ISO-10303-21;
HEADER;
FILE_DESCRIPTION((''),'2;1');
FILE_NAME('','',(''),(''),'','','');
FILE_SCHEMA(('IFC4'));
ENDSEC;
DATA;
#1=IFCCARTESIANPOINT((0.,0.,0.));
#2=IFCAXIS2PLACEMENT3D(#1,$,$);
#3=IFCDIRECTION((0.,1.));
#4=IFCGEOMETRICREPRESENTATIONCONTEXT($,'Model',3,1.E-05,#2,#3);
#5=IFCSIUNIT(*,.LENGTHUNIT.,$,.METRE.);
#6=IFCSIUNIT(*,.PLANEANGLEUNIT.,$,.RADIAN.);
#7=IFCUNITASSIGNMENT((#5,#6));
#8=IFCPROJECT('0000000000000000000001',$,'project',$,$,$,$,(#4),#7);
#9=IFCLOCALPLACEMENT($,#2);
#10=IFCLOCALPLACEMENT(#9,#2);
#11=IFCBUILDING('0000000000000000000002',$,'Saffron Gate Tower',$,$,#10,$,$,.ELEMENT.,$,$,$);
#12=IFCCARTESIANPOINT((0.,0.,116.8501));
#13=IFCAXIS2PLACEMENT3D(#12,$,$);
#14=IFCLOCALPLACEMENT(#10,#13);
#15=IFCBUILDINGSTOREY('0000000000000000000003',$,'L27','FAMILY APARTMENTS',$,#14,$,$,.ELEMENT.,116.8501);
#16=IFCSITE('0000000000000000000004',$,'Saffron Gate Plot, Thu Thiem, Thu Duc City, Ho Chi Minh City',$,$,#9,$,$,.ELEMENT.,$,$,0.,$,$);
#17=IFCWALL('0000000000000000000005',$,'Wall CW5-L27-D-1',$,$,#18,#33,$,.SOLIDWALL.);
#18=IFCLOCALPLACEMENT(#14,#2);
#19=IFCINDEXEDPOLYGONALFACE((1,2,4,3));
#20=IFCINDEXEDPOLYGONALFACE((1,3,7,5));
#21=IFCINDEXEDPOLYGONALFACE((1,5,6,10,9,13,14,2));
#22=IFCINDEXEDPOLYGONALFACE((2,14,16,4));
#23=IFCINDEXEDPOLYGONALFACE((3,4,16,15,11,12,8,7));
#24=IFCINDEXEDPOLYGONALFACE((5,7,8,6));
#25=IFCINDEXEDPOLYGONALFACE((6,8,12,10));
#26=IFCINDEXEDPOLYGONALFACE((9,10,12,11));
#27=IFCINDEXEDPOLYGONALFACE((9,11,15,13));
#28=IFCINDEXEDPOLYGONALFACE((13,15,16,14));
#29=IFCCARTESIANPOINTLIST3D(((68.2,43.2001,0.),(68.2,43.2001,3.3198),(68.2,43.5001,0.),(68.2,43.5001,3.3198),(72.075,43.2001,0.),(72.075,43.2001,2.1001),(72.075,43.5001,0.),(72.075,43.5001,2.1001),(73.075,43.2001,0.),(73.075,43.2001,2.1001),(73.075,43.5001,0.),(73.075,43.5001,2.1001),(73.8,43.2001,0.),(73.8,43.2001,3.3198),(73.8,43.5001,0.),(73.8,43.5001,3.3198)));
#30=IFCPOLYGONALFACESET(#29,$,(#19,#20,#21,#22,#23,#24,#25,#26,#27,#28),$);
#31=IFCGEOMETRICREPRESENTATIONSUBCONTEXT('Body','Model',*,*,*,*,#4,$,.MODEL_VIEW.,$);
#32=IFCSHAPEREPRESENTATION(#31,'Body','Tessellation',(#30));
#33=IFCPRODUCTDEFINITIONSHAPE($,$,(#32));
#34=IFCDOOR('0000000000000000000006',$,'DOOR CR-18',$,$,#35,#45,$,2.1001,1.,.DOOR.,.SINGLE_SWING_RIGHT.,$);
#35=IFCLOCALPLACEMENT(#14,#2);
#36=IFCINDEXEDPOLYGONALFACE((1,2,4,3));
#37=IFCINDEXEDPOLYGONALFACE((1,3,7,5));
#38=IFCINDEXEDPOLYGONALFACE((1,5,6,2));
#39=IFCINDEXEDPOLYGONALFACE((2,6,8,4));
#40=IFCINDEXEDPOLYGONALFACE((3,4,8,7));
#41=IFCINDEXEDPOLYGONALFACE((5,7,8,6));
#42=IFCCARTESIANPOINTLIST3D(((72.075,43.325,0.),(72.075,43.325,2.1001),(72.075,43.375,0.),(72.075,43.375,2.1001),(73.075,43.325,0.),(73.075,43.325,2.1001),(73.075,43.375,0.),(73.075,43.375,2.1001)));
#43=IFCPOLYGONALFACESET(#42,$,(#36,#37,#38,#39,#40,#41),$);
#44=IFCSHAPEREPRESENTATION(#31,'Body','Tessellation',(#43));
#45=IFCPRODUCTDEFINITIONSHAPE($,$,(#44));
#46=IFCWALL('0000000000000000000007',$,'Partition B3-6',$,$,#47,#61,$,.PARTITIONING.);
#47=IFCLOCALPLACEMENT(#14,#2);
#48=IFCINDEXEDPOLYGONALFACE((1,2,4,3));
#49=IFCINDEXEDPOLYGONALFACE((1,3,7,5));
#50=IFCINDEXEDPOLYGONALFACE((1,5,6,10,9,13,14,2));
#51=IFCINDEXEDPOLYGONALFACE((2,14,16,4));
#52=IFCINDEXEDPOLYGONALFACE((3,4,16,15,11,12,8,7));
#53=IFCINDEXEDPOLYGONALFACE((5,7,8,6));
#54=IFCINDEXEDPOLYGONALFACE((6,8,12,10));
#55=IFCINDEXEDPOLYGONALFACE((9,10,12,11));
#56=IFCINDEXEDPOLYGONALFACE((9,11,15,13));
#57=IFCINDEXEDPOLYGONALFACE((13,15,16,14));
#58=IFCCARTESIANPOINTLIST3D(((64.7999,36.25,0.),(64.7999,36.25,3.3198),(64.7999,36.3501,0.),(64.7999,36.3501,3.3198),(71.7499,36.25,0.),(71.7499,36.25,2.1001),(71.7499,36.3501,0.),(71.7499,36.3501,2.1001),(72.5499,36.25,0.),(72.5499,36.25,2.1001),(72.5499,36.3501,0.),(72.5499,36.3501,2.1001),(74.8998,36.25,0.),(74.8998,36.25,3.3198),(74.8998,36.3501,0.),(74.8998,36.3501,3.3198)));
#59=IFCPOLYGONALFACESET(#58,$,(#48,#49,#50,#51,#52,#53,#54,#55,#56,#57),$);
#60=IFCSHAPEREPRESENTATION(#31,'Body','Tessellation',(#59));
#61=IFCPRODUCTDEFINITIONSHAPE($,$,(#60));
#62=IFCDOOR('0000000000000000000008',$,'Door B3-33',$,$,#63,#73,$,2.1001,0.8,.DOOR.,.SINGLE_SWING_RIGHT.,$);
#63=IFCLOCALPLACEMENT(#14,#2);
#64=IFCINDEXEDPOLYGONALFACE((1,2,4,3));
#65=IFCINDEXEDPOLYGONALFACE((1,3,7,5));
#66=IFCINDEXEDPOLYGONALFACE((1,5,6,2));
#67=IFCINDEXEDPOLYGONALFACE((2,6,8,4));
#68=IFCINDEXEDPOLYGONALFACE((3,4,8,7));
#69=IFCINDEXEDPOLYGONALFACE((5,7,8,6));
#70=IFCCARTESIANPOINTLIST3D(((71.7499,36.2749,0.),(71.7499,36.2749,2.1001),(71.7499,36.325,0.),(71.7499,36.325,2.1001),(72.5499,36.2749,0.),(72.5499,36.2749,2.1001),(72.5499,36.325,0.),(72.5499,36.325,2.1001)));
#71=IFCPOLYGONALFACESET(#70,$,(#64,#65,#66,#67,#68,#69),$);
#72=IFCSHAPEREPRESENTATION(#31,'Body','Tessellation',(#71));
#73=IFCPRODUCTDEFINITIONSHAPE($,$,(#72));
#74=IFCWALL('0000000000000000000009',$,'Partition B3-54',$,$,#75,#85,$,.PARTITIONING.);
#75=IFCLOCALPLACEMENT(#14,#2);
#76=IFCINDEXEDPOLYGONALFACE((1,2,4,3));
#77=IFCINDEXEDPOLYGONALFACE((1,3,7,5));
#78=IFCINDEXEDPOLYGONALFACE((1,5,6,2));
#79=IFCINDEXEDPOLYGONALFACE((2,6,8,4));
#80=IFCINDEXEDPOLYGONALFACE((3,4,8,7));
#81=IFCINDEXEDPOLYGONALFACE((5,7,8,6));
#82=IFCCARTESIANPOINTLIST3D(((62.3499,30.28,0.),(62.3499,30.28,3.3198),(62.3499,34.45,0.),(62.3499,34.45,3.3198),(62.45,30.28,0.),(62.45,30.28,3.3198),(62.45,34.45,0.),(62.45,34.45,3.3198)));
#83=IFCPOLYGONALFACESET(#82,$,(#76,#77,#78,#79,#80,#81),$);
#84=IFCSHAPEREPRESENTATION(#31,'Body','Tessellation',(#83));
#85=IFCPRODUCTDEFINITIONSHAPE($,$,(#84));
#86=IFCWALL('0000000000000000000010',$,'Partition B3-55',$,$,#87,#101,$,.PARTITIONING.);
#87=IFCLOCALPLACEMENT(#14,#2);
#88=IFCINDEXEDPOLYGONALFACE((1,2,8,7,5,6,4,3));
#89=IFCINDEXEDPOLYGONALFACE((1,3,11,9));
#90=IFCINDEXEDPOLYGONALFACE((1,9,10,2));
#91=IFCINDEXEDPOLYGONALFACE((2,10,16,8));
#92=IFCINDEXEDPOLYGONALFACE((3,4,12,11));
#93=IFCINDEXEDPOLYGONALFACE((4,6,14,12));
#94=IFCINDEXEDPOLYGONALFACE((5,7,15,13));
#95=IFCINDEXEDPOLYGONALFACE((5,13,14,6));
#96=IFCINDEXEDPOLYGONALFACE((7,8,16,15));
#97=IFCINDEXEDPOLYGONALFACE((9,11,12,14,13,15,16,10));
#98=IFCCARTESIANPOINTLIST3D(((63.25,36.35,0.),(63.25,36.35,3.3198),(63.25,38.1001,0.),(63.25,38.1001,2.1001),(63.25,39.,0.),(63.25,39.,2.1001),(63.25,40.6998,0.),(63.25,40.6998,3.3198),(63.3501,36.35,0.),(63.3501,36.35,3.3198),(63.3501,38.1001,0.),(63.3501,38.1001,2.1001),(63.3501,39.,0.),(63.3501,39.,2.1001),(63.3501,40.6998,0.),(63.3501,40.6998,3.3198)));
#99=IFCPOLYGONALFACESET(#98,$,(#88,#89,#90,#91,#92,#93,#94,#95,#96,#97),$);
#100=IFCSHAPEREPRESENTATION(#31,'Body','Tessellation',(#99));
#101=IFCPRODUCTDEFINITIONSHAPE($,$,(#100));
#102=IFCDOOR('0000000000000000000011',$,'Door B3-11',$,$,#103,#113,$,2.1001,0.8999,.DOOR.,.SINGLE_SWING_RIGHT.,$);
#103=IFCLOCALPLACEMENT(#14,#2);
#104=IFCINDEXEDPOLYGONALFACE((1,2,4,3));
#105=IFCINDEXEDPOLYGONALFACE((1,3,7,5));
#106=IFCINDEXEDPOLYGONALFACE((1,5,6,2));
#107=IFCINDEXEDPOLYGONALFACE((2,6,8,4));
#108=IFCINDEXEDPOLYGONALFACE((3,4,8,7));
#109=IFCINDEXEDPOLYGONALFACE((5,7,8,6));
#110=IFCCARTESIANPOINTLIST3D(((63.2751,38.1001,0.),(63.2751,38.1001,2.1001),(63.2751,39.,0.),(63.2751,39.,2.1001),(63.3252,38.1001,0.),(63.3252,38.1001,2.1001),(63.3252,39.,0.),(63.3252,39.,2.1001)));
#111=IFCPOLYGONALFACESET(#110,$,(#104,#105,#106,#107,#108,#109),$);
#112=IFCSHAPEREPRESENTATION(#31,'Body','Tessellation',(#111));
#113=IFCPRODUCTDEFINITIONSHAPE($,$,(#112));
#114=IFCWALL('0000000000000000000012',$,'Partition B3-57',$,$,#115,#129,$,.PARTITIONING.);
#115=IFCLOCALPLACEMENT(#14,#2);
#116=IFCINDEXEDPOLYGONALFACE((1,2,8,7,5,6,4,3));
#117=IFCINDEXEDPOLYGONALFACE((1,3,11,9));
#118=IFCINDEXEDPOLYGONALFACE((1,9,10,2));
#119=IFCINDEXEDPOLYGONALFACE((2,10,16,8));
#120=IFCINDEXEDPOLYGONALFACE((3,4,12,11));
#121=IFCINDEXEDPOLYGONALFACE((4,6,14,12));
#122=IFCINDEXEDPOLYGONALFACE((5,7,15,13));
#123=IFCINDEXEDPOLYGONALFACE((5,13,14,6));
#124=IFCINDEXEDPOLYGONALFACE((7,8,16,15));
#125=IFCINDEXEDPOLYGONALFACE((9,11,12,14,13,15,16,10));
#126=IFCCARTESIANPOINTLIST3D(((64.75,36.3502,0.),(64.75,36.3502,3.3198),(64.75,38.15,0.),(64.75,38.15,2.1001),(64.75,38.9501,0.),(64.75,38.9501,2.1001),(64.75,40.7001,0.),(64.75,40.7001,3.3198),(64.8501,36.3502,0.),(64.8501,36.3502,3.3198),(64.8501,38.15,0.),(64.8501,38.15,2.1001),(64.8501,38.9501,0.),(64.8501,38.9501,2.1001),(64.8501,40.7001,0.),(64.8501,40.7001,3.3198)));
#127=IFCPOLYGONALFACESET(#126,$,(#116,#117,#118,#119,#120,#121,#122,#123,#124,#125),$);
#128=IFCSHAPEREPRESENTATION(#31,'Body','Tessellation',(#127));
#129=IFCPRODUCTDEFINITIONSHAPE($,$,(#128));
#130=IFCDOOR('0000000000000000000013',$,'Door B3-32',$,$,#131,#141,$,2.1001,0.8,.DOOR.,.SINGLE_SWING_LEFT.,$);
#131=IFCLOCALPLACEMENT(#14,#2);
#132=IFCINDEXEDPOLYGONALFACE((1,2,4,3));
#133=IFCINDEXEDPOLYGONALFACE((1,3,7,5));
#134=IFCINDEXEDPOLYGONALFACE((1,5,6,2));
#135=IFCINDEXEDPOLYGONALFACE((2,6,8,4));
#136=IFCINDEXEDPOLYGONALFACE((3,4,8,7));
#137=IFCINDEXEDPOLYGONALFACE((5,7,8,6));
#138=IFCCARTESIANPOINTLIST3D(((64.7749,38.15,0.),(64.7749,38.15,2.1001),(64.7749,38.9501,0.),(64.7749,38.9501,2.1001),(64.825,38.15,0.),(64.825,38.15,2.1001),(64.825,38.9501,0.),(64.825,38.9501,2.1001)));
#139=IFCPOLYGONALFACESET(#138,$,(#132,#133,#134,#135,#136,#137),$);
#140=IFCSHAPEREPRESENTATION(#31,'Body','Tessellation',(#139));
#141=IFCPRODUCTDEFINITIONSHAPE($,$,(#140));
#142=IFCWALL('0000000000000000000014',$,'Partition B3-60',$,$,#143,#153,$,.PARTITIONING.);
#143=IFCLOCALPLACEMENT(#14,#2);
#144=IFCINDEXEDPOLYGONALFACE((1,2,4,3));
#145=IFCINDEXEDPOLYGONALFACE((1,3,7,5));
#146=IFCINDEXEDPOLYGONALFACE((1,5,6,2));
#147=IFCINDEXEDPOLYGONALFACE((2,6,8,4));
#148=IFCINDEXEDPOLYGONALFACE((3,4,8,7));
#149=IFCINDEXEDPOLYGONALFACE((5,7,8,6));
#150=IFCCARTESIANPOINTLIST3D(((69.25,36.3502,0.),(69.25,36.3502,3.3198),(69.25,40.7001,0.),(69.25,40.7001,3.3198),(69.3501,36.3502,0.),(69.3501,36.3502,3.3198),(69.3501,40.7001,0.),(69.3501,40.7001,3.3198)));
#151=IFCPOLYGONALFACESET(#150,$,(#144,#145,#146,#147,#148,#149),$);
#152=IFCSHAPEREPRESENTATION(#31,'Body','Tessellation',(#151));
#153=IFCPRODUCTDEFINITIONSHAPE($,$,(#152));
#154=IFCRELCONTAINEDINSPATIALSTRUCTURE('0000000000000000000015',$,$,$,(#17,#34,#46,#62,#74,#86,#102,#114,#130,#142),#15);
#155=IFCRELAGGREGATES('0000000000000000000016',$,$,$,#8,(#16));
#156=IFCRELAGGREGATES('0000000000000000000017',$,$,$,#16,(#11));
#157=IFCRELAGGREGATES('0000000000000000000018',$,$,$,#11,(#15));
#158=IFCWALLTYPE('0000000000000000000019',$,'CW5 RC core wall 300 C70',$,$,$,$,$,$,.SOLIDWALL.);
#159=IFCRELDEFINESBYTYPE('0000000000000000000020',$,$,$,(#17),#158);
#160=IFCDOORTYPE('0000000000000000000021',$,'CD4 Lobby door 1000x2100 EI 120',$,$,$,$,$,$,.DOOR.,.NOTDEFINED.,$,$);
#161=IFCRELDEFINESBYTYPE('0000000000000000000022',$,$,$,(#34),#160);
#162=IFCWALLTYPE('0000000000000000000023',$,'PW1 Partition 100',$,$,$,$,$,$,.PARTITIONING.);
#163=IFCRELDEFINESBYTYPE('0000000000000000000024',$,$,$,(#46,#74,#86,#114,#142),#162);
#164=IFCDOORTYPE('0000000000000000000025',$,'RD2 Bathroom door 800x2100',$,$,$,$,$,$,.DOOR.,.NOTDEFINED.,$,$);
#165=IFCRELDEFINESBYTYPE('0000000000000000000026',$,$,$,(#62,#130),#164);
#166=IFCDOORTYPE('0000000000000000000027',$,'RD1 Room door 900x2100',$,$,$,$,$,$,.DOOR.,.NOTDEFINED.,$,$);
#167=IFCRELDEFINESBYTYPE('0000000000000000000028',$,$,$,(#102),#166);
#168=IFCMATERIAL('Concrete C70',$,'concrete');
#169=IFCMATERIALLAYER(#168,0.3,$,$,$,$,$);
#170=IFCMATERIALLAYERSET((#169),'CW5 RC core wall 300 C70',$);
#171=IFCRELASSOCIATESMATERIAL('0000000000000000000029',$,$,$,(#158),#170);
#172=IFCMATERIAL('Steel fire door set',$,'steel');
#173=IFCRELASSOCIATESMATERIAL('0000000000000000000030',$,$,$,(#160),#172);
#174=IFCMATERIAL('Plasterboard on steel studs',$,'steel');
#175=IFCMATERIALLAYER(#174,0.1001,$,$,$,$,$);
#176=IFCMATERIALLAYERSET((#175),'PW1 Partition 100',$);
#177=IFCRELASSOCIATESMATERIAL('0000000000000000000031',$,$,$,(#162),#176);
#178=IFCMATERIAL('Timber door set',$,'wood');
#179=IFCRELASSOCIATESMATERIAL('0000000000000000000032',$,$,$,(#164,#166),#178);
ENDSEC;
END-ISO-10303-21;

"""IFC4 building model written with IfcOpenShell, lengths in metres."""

from ifc_helpers import new_model, si_unit, direction, frame, frame_2d, origin, place, context, subcontext, project, spatial, rectangle, extrude, material, layer, layer_set, type_object, element, fill, save


model = new_model("IFC4")

# Units and contexts
model_context = context("Model", 3, precision=1e-05, world=origin(), true_north=direction((0.0, 1.0)))
body_context = subcontext(model_context, "Body", "Model", "MODEL_VIEW")
ifc_project = project(units=[si_unit("LENGTHUNIT", "METRE"), si_unit("PLANEANGLEUNIT", "RADIAN")], contexts=[model_context])

# Site, building, storey
site_placement = place(None, origin())
site = spatial("IfcSite", under=ifc_project, at=site_placement, Name="Saffron Gate Plot, Thu Thiem, Thu Duc City, Ho Chi Minh City", CompositionType="ELEMENT", RefElevation=0.0)
building_placement = place(site_placement, origin())
building = spatial("IfcBuilding", under=site, at=building_placement, Name="Saffron Gate Tower", CompositionType="ELEMENT")
storey_placement = place(building_placement, frame((0.0, 0.0, 116.8501)))
storey = spatial("IfcBuildingStorey", under=building, at=storey_placement, Name="L27", Description="FAMILY APARTMENTS", CompositionType="ELEMENT", Elevation=116.8501)

# Shared definitions
ifc_material_1 = material(Name="Concrete C70", Category="concrete")

# Walls, openings, doors
ifc_layer_1 = layer(ifc_material_1, 0.3)
ifc_layer_set_1 = layer_set([ifc_layer_1], Name="CW5 RC core wall 300 C70")
wall_type_1 = type_object("IfcWallType", Name="CW5 RC core wall 300 C70", PredefinedType="SOLIDWALL", material=ifc_layer_set_1)
wall_1_placement = place(storey_placement, frame((68.2, 43.3501, 0.0), z_axis=(0.0, 0.0, 1.0), x_axis=(1.0, 0.0, 0.0)))
wall_1 = element("IfcWall", 1, at=wall_1_placement, inside=storey, type_object=wall_type_1, Name="Wall CW5-L27-D-1", PredefinedType="SOLIDWALL", context=body_context, shape_type="SweptSolid", body=[
    extrude(rectangle(XDim=5.6001, YDim=0.3, at=frame_2d((2.8, 0.0))), origin(), (0.0, 0.0, 1.0), 3.3198),
])
opening_1_placement = place(wall_1_placement, frame((3.875, 0.0, 0.0)))
opening_1 = element("IfcOpeningElement", 2, at=opening_1_placement, cuts=wall_1, PredefinedType="OPENING", context=body_context, shape_type="SweptSolid", body=[
    extrude(rectangle(XDim=1.0, YDim=2.1001, at=frame_2d((0.5, 1.05))), frame((0.0, 0.1602, 0.0), z_axis=(0.0, -1.0, 0.0), x_axis=(1.0, 0.0, 0.0)), (0.0, 0.0, 1.0), 0.3201),
])
ifc_material_2 = material(Name="Steel fire door set", Category="steel")
door_type_1 = type_object("IfcDoorType", Name="CD4 Lobby door 1000x2100 EI 120", OperationType="NOTDEFINED", PredefinedType="DOOR", material=ifc_material_2)
door_1_placement = place(opening_1_placement, origin())
door_1 = element("IfcDoor", 3, at=door_1_placement, inside=storey, type_object=door_type_1, Name="DOOR CR-18", OperationType="SINGLE_SWING_RIGHT", OverallHeight=2.1001, OverallWidth=1.0, PredefinedType="DOOR", context=body_context, shape_type="SweptSolid", body=[
    extrude(rectangle(XDim=1.0, YDim=2.1001, at=frame_2d((0.5, 1.05))), frame((0.0, 0.0249, 0.0), z_axis=(0.0, -1.0, 0.0), x_axis=(1.0, 0.0, 0.0)), (0.0, 0.0, 1.0), 0.05),
])
fill(opening_1, door_1)
ifc_material_3 = material(Name="Plasterboard on steel studs", Category="steel")
ifc_layer_2 = layer(ifc_material_3, 0.1001)
ifc_layer_set_2 = layer_set([ifc_layer_2], Name="PW1 Partition 100")
wall_type_2 = type_object("IfcWallType", Name="PW1 Partition 100", PredefinedType="PARTITIONING", material=ifc_layer_set_2)
wall_2_placement = place(storey_placement, frame((64.8, 36.3, 0.0), z_axis=(0.0, 0.0, 1.0), x_axis=(1.0, 0.0, 0.0)))
wall_2 = element("IfcWall", 4, at=wall_2_placement, inside=storey, type_object=wall_type_2, Name="Partition B3-6", PredefinedType="PARTITIONING", context=body_context, shape_type="SweptSolid", body=[
    extrude(rectangle(XDim=10.0999, YDim=0.1001, at=frame_2d((5.0498, 0.0))), origin(), (0.0, 0.0, 1.0), 3.3198),
])
opening_2_placement = place(wall_2_placement, frame((6.95, 0.0, 0.0)))
opening_2 = element("IfcOpeningElement", 5, at=opening_2_placement, cuts=wall_2, PredefinedType="OPENING", context=body_context, shape_type="SweptSolid", body=[
    extrude(rectangle(XDim=0.8, YDim=2.1001, at=frame_2d((0.3999, 1.05))), frame((0.0, 0.0601, 0.0), z_axis=(0.0, -1.0, 0.0), x_axis=(1.0, 0.0, 0.0)), (0.0, 0.0, 1.0), 0.1201),
])
ifc_material_4 = material(Name="Timber door set", Category="wood")
door_type_2 = type_object("IfcDoorType", Name="RD2 Bathroom door 800x2100", OperationType="NOTDEFINED", PredefinedType="DOOR", material=ifc_material_4)
door_2_placement = place(opening_2_placement, origin())
door_2 = element("IfcDoor", 6, at=door_2_placement, inside=storey, type_object=door_type_2, Name="Door B3-33", OperationType="SINGLE_SWING_RIGHT", OverallHeight=2.1001, OverallWidth=0.8, PredefinedType="DOOR", context=body_context, shape_type="SweptSolid", body=[
    extrude(rectangle(XDim=0.8, YDim=2.1001, at=frame_2d((0.3999, 1.05))), frame((0.0, 0.0249, 0.0), z_axis=(0.0, -1.0, 0.0), x_axis=(1.0, 0.0, 0.0)), (0.0, 0.0, 1.0), 0.05),
])
fill(opening_2, door_2)

# Wall
wall_3_placement = place(storey_placement, frame((62.3999, 34.45, 0.0), z_axis=(0.0, 0.0, 1.0), x_axis=(0.0, -1.0, 0.0)))
element("IfcWall", 7, at=wall_3_placement, inside=storey, type_object=wall_type_2, Name="Partition B3-54", PredefinedType="PARTITIONING", context=body_context, shape_type="SweptSolid", body=[
    extrude(rectangle(XDim=4.1699, YDim=0.1001, at=frame_2d((2.085, 0.0))), origin(), (0.0, 0.0, 1.0), 3.3198),
])

# Walls, openings, doors
wall_4_placement = place(storey_placement, frame((63.3, 36.3501, 0.0), z_axis=(0.0, 0.0, 1.0), x_axis=(0.0, 1.0, 0.0)))
wall_4 = element("IfcWall", 8, at=wall_4_placement, inside=storey, type_object=wall_type_2, Name="Partition B3-55", PredefinedType="PARTITIONING", context=body_context, shape_type="SweptSolid", body=[
    extrude(rectangle(XDim=4.3499, YDim=0.1001, at=frame_2d((2.1748, 0.0))), origin(), (0.0, 0.0, 1.0), 3.3198),
])
opening_3_placement = place(wall_4_placement, frame((1.75, 0.0, 0.0)))
opening_3 = element("IfcOpeningElement", 9, at=opening_3_placement, cuts=wall_4, PredefinedType="OPENING", context=body_context, shape_type="SweptSolid", body=[
    extrude(rectangle(XDim=0.8999, YDim=2.1001, at=frame_2d((0.45, 1.05))), frame((0.0, 0.0601, 0.0), z_axis=(0.0, -1.0, 0.0), x_axis=(1.0, 0.0, 0.0)), (0.0, 0.0, 1.0), 0.1201),
])
door_type_3 = type_object("IfcDoorType", Name="RD1 Room door 900x2100", OperationType="NOTDEFINED", PredefinedType="DOOR", material=ifc_material_4)
door_3_placement = place(opening_3_placement, origin())
door_3 = element("IfcDoor", 10, at=door_3_placement, inside=storey, type_object=door_type_3, Name="Door B3-11", OperationType="SINGLE_SWING_RIGHT", OverallHeight=2.1001, OverallWidth=0.8999, PredefinedType="DOOR", context=body_context, shape_type="SweptSolid", body=[
    extrude(rectangle(XDim=0.8999, YDim=2.1001, at=frame_2d((0.45, 1.05))), frame((0.0, 0.0249, 0.0), z_axis=(0.0, -1.0, 0.0), x_axis=(1.0, 0.0, 0.0)), (0.0, 0.0, 1.0), 0.05),
])
fill(opening_3, door_3)
wall_5_placement = place(storey_placement, frame((64.8, 40.7, 0.0), z_axis=(0.0, 0.0, 1.0), x_axis=(0.0, -1.0, 0.0)))
wall_5 = element("IfcWall", 11, at=wall_5_placement, inside=storey, type_object=wall_type_2, Name="Partition B3-57", PredefinedType="PARTITIONING", context=body_context, shape_type="SweptSolid", body=[
    extrude(rectangle(XDim=4.3499, YDim=0.1001, at=frame_2d((2.1748, 0.0))), origin(), (0.0, 0.0, 1.0), 3.3198),
])
opening_4_placement = place(wall_5_placement, frame((1.75, 0.0, 0.0)))
opening_4 = element("IfcOpeningElement", 12, at=opening_4_placement, cuts=wall_5, PredefinedType="OPENING", context=body_context, shape_type="SweptSolid", body=[
    extrude(rectangle(XDim=0.8, YDim=2.1001, at=frame_2d((0.3999, 1.05))), frame((0.0, 0.0601, 0.0), z_axis=(0.0, -1.0, 0.0), x_axis=(1.0, 0.0, 0.0)), (0.0, 0.0, 1.0), 0.1201),
])
door_4_placement = place(opening_4_placement, origin())
door_4 = element("IfcDoor", 13, at=door_4_placement, inside=storey, type_object=door_type_2, Name="Door B3-32", OperationType="SINGLE_SWING_LEFT", OverallHeight=2.1001, OverallWidth=0.8, PredefinedType="DOOR", context=body_context, shape_type="SweptSolid", body=[
    extrude(rectangle(XDim=0.8, YDim=2.1001, at=frame_2d((0.3999, 1.05))), frame((0.0, 0.0249, 0.0), z_axis=(0.0, -1.0, 0.0), x_axis=(1.0, 0.0, 0.0)), (0.0, 0.0, 1.0), 0.05),
])
fill(opening_4, door_4)

# Wall
wall_6_placement = place(storey_placement, frame((69.3, 40.7, 0.0), z_axis=(0.0, 0.0, 1.0), x_axis=(0.0, -1.0, 0.0)))
element("IfcWall", 14, at=wall_6_placement, inside=storey, type_object=wall_type_2, Name="Partition B3-60", PredefinedType="PARTITIONING", context=body_context, shape_type="SweptSolid", body=[
    extrude(rectangle(XDim=4.3499, YDim=0.1001, at=frame_2d((2.1748, 0.0))), origin(), (0.0, 0.0, 1.0), 3.3198),
])

save(model, "model.ifc")
